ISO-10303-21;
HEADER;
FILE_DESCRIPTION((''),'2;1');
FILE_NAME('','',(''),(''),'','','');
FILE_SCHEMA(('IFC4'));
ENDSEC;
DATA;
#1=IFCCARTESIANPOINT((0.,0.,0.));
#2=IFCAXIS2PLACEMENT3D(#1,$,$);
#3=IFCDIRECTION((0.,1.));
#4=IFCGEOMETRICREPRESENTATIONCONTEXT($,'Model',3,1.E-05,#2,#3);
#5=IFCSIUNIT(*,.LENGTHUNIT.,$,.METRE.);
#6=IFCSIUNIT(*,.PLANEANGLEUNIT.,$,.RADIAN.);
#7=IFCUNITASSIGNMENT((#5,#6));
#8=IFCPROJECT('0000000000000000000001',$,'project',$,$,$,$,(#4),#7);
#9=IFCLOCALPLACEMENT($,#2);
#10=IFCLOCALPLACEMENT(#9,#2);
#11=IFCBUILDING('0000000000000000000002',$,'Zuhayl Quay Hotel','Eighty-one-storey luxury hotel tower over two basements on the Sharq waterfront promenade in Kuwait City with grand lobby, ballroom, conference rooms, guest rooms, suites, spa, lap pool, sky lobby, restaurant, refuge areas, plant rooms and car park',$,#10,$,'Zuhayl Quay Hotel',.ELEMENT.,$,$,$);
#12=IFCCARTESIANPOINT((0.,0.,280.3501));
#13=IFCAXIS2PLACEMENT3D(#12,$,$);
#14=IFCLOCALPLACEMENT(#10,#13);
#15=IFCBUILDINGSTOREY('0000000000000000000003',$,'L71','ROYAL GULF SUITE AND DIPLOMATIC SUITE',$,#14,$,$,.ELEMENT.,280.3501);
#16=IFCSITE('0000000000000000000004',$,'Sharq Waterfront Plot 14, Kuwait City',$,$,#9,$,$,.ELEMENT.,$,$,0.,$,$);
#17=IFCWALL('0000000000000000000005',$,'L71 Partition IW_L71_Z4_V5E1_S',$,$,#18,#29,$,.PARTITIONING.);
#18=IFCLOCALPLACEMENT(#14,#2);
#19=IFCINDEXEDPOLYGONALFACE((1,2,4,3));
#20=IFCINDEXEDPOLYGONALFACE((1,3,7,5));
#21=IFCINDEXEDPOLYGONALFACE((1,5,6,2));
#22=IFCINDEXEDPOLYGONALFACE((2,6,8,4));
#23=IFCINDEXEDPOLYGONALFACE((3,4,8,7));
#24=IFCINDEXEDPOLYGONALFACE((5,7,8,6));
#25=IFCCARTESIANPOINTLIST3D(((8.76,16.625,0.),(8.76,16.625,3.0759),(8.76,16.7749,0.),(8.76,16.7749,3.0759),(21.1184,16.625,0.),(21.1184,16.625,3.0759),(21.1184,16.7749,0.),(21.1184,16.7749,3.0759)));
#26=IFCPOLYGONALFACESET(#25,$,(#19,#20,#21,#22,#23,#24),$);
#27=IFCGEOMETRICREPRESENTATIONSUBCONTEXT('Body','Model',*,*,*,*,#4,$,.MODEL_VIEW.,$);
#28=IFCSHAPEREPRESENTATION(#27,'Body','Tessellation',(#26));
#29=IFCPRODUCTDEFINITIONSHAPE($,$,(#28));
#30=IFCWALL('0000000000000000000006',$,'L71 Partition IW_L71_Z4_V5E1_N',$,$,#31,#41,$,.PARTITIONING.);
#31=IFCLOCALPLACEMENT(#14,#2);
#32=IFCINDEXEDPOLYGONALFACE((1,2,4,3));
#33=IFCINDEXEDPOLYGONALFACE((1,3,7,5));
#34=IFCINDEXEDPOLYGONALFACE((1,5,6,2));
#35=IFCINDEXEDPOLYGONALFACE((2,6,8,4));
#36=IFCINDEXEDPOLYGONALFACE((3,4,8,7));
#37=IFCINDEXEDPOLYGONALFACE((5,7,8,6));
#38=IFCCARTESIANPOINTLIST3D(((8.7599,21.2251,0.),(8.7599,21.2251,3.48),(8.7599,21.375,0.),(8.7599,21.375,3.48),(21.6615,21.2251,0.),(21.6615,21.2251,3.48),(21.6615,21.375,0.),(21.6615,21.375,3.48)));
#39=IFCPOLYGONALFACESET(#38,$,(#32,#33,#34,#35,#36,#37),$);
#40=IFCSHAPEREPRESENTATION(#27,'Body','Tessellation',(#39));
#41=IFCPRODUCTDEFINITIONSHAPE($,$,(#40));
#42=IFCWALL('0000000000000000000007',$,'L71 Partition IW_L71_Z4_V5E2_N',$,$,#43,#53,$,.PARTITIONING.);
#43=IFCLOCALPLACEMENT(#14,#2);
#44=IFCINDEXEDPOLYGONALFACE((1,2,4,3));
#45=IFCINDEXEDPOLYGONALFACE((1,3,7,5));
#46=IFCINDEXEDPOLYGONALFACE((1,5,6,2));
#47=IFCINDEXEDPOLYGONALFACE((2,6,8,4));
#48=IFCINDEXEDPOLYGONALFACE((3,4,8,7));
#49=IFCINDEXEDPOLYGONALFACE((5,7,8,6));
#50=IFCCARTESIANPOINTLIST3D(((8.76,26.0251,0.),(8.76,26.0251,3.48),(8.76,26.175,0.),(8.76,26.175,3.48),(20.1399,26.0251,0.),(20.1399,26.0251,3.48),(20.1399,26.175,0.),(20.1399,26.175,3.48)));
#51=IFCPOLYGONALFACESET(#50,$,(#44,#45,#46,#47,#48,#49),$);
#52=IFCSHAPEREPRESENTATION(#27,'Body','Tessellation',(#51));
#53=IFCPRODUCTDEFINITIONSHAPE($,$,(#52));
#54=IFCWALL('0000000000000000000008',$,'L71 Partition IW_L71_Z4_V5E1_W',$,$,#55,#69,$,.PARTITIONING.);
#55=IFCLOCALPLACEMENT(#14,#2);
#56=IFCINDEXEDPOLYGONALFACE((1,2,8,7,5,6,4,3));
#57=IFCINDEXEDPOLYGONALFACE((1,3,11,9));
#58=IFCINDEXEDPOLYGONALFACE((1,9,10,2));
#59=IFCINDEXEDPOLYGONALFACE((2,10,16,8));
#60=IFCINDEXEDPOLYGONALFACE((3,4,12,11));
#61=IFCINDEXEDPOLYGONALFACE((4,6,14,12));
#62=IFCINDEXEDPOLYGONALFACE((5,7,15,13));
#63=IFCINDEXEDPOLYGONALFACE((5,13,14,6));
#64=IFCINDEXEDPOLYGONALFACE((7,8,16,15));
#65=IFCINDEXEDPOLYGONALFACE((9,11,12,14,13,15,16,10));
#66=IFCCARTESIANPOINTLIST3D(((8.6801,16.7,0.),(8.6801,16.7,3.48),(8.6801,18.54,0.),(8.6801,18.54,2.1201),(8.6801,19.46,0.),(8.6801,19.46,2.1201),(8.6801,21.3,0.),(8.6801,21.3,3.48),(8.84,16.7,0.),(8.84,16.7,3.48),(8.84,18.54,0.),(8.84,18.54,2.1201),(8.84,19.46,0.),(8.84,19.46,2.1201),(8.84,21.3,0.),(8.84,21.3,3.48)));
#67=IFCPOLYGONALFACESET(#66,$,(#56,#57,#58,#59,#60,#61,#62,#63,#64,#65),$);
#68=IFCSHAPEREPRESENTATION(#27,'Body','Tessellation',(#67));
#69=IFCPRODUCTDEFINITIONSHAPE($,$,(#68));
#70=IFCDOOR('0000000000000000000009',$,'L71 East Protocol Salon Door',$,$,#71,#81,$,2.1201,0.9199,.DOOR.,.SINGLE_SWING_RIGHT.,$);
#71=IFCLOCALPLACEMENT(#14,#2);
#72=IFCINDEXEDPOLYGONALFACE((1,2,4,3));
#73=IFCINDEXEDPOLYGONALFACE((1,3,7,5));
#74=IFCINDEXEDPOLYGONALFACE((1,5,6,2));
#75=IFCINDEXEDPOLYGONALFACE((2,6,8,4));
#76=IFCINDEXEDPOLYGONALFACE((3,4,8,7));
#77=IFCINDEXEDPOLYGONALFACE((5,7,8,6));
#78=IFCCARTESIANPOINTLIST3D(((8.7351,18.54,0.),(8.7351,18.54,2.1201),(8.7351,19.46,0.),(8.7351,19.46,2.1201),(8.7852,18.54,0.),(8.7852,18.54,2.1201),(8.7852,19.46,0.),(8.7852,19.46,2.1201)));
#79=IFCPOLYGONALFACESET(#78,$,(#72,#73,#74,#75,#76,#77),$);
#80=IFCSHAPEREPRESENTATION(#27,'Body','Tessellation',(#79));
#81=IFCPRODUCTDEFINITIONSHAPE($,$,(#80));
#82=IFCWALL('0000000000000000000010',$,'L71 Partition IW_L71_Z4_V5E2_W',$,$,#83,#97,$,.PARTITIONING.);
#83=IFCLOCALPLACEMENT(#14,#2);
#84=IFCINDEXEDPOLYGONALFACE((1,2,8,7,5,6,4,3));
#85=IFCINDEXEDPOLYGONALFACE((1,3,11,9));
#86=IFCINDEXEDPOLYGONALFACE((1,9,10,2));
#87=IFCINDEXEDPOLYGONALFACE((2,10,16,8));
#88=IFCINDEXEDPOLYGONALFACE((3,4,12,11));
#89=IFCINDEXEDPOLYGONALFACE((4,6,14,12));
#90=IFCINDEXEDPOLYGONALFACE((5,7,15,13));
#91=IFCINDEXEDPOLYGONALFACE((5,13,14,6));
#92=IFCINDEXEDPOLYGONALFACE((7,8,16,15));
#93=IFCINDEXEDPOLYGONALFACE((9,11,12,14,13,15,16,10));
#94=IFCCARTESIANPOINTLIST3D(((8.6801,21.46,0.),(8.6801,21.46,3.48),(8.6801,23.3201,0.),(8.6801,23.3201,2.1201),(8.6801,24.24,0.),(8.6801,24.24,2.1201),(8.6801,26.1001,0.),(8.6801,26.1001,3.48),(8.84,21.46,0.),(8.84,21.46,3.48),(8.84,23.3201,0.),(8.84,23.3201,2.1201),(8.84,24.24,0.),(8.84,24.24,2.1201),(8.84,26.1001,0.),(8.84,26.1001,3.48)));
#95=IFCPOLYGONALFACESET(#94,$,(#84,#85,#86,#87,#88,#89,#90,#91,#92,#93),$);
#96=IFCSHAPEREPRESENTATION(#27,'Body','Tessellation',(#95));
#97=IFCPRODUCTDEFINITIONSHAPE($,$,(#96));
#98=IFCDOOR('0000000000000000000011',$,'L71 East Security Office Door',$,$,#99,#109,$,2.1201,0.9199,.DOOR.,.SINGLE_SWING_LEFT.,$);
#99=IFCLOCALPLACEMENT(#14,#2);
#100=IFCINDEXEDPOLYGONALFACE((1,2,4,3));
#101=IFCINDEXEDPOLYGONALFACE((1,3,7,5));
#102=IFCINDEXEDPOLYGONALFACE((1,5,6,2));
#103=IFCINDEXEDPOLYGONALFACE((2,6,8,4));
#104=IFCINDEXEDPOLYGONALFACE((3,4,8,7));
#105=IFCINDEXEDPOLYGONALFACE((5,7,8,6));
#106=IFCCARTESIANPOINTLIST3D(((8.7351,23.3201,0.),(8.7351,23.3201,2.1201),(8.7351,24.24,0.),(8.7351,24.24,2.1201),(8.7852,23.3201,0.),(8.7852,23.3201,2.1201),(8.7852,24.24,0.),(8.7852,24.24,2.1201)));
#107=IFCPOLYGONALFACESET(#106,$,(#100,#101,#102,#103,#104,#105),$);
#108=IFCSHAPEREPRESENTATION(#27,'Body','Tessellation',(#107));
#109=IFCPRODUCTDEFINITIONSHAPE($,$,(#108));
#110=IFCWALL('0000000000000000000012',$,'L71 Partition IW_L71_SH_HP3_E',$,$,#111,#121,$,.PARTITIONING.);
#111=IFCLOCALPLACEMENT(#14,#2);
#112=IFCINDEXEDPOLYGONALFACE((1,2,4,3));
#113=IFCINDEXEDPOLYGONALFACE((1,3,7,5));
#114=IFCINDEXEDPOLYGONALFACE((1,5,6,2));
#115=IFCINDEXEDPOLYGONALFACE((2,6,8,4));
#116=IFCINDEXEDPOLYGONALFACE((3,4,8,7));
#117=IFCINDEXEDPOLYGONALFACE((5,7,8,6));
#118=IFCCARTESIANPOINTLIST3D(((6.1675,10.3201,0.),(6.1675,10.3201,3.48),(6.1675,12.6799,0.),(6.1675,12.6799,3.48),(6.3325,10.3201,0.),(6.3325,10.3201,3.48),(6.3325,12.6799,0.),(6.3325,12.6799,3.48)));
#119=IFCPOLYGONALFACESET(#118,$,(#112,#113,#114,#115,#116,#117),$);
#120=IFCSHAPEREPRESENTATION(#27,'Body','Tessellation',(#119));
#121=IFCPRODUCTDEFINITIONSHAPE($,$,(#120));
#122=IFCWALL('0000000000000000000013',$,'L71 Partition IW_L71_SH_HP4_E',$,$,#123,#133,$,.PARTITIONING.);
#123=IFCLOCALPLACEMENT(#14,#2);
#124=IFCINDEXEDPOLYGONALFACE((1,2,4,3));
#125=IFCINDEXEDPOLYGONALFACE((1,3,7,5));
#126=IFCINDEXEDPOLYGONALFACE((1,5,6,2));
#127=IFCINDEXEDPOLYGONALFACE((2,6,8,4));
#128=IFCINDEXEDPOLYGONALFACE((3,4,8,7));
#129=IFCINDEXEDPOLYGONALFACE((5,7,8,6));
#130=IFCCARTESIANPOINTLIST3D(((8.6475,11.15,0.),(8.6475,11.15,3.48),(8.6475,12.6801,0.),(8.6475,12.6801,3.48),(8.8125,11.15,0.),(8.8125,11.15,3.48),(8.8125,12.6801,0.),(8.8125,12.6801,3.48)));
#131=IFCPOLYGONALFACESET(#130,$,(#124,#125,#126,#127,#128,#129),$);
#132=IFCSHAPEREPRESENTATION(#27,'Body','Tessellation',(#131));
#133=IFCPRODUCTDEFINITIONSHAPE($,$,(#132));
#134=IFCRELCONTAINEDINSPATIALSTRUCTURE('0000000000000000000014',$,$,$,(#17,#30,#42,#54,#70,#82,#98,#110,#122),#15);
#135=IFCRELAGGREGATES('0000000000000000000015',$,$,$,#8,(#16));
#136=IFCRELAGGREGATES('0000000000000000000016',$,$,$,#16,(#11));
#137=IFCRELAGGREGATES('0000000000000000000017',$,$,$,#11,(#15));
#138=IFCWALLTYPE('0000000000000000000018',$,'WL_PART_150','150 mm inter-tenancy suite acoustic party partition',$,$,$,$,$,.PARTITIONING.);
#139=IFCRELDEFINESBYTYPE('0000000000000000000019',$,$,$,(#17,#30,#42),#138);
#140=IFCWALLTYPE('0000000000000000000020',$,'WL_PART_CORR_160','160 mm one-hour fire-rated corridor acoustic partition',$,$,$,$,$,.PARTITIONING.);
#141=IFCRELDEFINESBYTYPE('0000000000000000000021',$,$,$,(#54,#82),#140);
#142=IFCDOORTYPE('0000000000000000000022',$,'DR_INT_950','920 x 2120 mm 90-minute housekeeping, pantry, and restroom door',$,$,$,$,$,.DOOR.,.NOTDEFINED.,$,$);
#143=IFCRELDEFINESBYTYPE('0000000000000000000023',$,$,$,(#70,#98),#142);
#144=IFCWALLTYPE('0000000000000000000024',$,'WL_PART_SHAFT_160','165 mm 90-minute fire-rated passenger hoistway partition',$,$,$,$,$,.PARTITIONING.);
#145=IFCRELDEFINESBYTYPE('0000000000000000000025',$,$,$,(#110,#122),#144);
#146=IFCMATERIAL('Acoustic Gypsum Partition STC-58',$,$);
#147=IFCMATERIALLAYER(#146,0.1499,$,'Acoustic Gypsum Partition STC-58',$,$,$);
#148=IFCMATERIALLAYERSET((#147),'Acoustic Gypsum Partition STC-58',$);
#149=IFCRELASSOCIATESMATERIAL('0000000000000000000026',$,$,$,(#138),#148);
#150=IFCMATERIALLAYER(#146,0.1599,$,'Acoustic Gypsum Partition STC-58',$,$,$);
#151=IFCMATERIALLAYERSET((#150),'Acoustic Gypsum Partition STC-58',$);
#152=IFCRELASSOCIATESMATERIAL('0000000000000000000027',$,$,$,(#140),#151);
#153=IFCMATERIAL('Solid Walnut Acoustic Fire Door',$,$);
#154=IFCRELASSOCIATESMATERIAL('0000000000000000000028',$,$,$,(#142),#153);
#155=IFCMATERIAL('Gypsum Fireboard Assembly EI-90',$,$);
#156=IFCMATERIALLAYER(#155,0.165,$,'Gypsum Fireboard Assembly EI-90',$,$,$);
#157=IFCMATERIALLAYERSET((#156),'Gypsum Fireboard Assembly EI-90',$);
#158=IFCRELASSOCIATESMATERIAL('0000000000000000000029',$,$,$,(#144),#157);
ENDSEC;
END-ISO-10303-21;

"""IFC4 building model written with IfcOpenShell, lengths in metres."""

from ifc_helpers import new_model, si_unit, direction, frame, frame_2d, origin, place, context, subcontext, project, spatial, rectangle, extrude, material, layer, layer_set, type_object, element, fill, save


model = new_model("IFC4")

# Units and contexts
model_context = context("Model", 3, precision=1e-05, world=origin(), true_north=direction((0.0, 1.0)))
body_context = subcontext(model_context, "Body", "Model", "MODEL_VIEW")
ifc_project = project(units=[si_unit("LENGTHUNIT", "METRE"), si_unit("PLANEANGLEUNIT", "RADIAN")], contexts=[model_context])

# Site, building, storey
site_placement = place(None, origin())
site = spatial("IfcSite", under=ifc_project, at=site_placement, Name="Sharq Waterfront Plot 14, Kuwait City", CompositionType="ELEMENT", RefElevation=0.0)
building_placement = place(site_placement, origin())
building = spatial("IfcBuilding", under=site, at=building_placement, Name="Zuhayl Quay Hotel", Description="Eighty-one-storey luxury hotel tower over two basements on the Sharq waterfront promenade in Kuwait City with grand lobby, ballroom, conference rooms, guest rooms, suites, spa, lap pool, sky lobby, restaurant, refuge areas, plant rooms and car park", LongName="Zuhayl Quay Hotel", CompositionType="ELEMENT")
storey_placement = place(building_placement, frame((0.0, 0.0, 280.3501)))
storey = spatial("IfcBuildingStorey", under=building, at=storey_placement, Name="L71", Description="ROYAL GULF SUITE AND DIPLOMATIC SUITE", CompositionType="ELEMENT", Elevation=280.3501)

# Walls
ifc_material_1 = material(Name="Acoustic Gypsum Partition STC-58")
ifc_layer_1 = layer(ifc_material_1, 0.1499, Name="Acoustic Gypsum Partition STC-58")
ifc_layer_set_1 = layer_set([ifc_layer_1], Name="Acoustic Gypsum Partition STC-58")
wall_type_1 = type_object("IfcWallType", Name="WL_PART_150", Description="150 mm inter-tenancy suite acoustic party partition", PredefinedType="PARTITIONING", material=ifc_layer_set_1)
wall_1_placement = place(storey_placement, frame((8.76, 16.7, 0.0), z_axis=(0.0, 0.0, 1.0), x_axis=(1.0, 0.0, 0.0)))
element("IfcWall", 1, at=wall_1_placement, inside=storey, type_object=wall_type_1, Name="L71 Partition IW_L71_Z4_V5E1_S", PredefinedType="PARTITIONING", context=body_context, shape_type="SweptSolid", body=[
    extrude(rectangle(XDim=12.3584, YDim=0.1499, at=frame_2d((6.1792, 0.0))), origin(), (0.0, 0.0, 1.0), 3.0759),
])
wall_2_placement = place(storey_placement, frame((8.76, 21.3, 0.0), z_axis=(0.0, 0.0, 1.0), x_axis=(1.0, 0.0, 0.0)))
element("IfcWall", 2, at=wall_2_placement, inside=storey, type_object=wall_type_1, Name="L71 Partition IW_L71_Z4_V5E1_N", PredefinedType="PARTITIONING", context=body_context, shape_type="SweptSolid", body=[
    extrude(rectangle(XDim=12.9016, YDim=0.1499, at=frame_2d((6.4507, 0.0))), origin(), (0.0, 0.0, 1.0), 3.48),
])
wall_3_placement = place(storey_placement, frame((8.76, 26.1001, 0.0), z_axis=(0.0, 0.0, 1.0), x_axis=(1.0, 0.0, 0.0)))
element("IfcWall", 3, at=wall_3_placement, inside=storey, type_object=wall_type_1, Name="L71 Partition IW_L71_Z4_V5E2_N", PredefinedType="PARTITIONING", context=body_context, shape_type="SweptSolid", body=[
    extrude(rectangle(XDim=11.3799, YDim=0.1499, at=frame_2d((5.6899, 0.0))), origin(), (0.0, 0.0, 1.0), 3.48),
])

# Walls, openings, doors
ifc_layer_2 = layer(ifc_material_1, 0.1599, Name="Acoustic Gypsum Partition STC-58")
ifc_layer_set_2 = layer_set([ifc_layer_2], Name="Acoustic Gypsum Partition STC-58")
wall_type_2 = type_object("IfcWallType", Name="WL_PART_CORR_160", Description="160 mm one-hour fire-rated corridor acoustic partition", PredefinedType="PARTITIONING", material=ifc_layer_set_2)
ifc_material_2 = material(Name="Solid Walnut Acoustic Fire Door")
door_type = type_object("IfcDoorType", Name="DR_INT_950", Description="920 x 2120 mm 90-minute housekeeping, pantry, and restroom door", OperationType="NOTDEFINED", PredefinedType="DOOR", material=ifc_material_2)
wall_4_placement = place(storey_placement, frame((8.76, 16.7, 0.0), z_axis=(0.0, 0.0, 1.0), x_axis=(0.0, 1.0, 0.0)))
wall_4 = element("IfcWall", 4, at=wall_4_placement, inside=storey, type_object=wall_type_2, Name="L71 Partition IW_L71_Z4_V5E1_W", PredefinedType="PARTITIONING", context=body_context, shape_type="SweptSolid", body=[
    extrude(rectangle(XDim=4.6001, YDim=0.1599, at=frame_2d((2.3, 0.0))), origin(), (0.0, 0.0, 1.0), 3.48),
])
opening_1_placement = place(wall_4_placement, frame((1.8401, 0.0, 0.0)))
opening_1 = element("IfcOpeningElement", 5, at=opening_1_placement, cuts=wall_4, PredefinedType="OPENING", context=body_context, shape_type="SweptSolid", body=[
    extrude(rectangle(XDim=0.9199, YDim=2.1201, at=frame_2d((0.46, 1.0601))), frame((0.0, 0.0898, 0.0), z_axis=(0.0, -1.0, 0.0), x_axis=(1.0, 0.0, 0.0)), (0.0, 0.0, 1.0), 0.1799),
])
door_1_placement = place(opening_1_placement, origin())
door_1 = element("IfcDoor", 6, at=door_1_placement, inside=storey, type_object=door_type, Name="L71 East Protocol Salon Door", OperationType="SINGLE_SWING_RIGHT", OverallHeight=2.1201, OverallWidth=0.9199, PredefinedType="DOOR", context=body_context, shape_type="SweptSolid", body=[
    extrude(rectangle(XDim=0.9199, YDim=2.1201, at=frame_2d((0.46, 1.0601))), frame((0.0, 0.0249, 0.0), z_axis=(0.0, -1.0, 0.0), x_axis=(1.0, 0.0, 0.0)), (0.0, 0.0, 1.0), 0.05),
])
fill(opening_1, door_1)
wall_5_placement = place(storey_placement, frame((8.76, 21.46, 0.0), z_axis=(0.0, 0.0, 1.0), x_axis=(0.0, 1.0, 0.0)))
wall_5 = element("IfcWall", 7, at=wall_5_placement, inside=storey, type_object=wall_type_2, Name="L71 Partition IW_L71_Z4_V5E2_W", PredefinedType="PARTITIONING", context=body_context, shape_type="SweptSolid", body=[
    extrude(rectangle(XDim=4.6401, YDim=0.1599, at=frame_2d((2.3201, 0.0))), origin(), (0.0, 0.0, 1.0), 3.48),
])
opening_2_placement = place(wall_5_placement, frame((1.8601, 0.0, 0.0)))
opening_2 = element("IfcOpeningElement", 8, at=opening_2_placement, cuts=wall_5, PredefinedType="OPENING", context=body_context, shape_type="SweptSolid", body=[
    extrude(rectangle(XDim=0.9199, YDim=2.1201, at=frame_2d((0.46, 1.0601))), frame((0.0, 0.0898, 0.0), z_axis=(0.0, -1.0, 0.0), x_axis=(1.0, 0.0, 0.0)), (0.0, 0.0, 1.0), 0.1799),
])
door_2_placement = place(opening_2_placement, origin())
door_2 = element("IfcDoor", 9, at=door_2_placement, inside=storey, type_object=door_type, Name="L71 East Security Office Door", OperationType="SINGLE_SWING_LEFT", OverallHeight=2.1201, OverallWidth=0.9199, PredefinedType="DOOR", context=body_context, shape_type="SweptSolid", body=[
    extrude(rectangle(XDim=0.9199, YDim=2.1201, at=frame_2d((0.46, 1.0601))), frame((0.0, 0.0249, 0.0), z_axis=(0.0, -1.0, 0.0), x_axis=(1.0, 0.0, 0.0)), (0.0, 0.0, 1.0), 0.05),
])
fill(opening_2, door_2)

# Walls
ifc_material_3 = material(Name="Gypsum Fireboard Assembly EI-90")
ifc_layer_3 = layer(ifc_material_3, 0.165, Name="Gypsum Fireboard Assembly EI-90")
ifc_layer_set_3 = layer_set([ifc_layer_3], Name="Gypsum Fireboard Assembly EI-90")
wall_type_3 = type_object("IfcWallType", Name="WL_PART_SHAFT_160", Description="165 mm 90-minute fire-rated passenger hoistway partition", PredefinedType="PARTITIONING", material=ifc_layer_set_3)
wall_6_placement = place(storey_placement, frame((6.25, 10.3201, 0.0), z_axis=(0.0, 0.0, 1.0), x_axis=(0.0, 1.0, 0.0)))
element("IfcWall", 10, at=wall_6_placement, inside=storey, type_object=wall_type_3, Name="L71 Partition IW_L71_SH_HP3_E", PredefinedType="PARTITIONING", context=body_context, shape_type="SweptSolid", body=[
    extrude(rectangle(XDim=2.3599, YDim=0.165, at=frame_2d((1.1799, 0.0))), origin(), (0.0, 0.0, 1.0), 3.48),
])
wall_7_placement = place(storey_placement, frame((8.73, 11.1499, 0.0), z_axis=(0.0, 0.0, 1.0), x_axis=(0.0, 1.0, 0.0)))
element("IfcWall", 11, at=wall_7_placement, inside=storey, type_object=wall_type_3, Name="L71 Partition IW_L71_SH_HP4_E", PredefinedType="PARTITIONING", context=body_context, shape_type="SweptSolid", body=[
    extrude(rectangle(XDim=1.53, YDim=0.165, at=frame_2d((0.7651, 0.0))), origin(), (0.0, 0.0, 1.0), 3.48),
])

save(model, "model.ifc")
